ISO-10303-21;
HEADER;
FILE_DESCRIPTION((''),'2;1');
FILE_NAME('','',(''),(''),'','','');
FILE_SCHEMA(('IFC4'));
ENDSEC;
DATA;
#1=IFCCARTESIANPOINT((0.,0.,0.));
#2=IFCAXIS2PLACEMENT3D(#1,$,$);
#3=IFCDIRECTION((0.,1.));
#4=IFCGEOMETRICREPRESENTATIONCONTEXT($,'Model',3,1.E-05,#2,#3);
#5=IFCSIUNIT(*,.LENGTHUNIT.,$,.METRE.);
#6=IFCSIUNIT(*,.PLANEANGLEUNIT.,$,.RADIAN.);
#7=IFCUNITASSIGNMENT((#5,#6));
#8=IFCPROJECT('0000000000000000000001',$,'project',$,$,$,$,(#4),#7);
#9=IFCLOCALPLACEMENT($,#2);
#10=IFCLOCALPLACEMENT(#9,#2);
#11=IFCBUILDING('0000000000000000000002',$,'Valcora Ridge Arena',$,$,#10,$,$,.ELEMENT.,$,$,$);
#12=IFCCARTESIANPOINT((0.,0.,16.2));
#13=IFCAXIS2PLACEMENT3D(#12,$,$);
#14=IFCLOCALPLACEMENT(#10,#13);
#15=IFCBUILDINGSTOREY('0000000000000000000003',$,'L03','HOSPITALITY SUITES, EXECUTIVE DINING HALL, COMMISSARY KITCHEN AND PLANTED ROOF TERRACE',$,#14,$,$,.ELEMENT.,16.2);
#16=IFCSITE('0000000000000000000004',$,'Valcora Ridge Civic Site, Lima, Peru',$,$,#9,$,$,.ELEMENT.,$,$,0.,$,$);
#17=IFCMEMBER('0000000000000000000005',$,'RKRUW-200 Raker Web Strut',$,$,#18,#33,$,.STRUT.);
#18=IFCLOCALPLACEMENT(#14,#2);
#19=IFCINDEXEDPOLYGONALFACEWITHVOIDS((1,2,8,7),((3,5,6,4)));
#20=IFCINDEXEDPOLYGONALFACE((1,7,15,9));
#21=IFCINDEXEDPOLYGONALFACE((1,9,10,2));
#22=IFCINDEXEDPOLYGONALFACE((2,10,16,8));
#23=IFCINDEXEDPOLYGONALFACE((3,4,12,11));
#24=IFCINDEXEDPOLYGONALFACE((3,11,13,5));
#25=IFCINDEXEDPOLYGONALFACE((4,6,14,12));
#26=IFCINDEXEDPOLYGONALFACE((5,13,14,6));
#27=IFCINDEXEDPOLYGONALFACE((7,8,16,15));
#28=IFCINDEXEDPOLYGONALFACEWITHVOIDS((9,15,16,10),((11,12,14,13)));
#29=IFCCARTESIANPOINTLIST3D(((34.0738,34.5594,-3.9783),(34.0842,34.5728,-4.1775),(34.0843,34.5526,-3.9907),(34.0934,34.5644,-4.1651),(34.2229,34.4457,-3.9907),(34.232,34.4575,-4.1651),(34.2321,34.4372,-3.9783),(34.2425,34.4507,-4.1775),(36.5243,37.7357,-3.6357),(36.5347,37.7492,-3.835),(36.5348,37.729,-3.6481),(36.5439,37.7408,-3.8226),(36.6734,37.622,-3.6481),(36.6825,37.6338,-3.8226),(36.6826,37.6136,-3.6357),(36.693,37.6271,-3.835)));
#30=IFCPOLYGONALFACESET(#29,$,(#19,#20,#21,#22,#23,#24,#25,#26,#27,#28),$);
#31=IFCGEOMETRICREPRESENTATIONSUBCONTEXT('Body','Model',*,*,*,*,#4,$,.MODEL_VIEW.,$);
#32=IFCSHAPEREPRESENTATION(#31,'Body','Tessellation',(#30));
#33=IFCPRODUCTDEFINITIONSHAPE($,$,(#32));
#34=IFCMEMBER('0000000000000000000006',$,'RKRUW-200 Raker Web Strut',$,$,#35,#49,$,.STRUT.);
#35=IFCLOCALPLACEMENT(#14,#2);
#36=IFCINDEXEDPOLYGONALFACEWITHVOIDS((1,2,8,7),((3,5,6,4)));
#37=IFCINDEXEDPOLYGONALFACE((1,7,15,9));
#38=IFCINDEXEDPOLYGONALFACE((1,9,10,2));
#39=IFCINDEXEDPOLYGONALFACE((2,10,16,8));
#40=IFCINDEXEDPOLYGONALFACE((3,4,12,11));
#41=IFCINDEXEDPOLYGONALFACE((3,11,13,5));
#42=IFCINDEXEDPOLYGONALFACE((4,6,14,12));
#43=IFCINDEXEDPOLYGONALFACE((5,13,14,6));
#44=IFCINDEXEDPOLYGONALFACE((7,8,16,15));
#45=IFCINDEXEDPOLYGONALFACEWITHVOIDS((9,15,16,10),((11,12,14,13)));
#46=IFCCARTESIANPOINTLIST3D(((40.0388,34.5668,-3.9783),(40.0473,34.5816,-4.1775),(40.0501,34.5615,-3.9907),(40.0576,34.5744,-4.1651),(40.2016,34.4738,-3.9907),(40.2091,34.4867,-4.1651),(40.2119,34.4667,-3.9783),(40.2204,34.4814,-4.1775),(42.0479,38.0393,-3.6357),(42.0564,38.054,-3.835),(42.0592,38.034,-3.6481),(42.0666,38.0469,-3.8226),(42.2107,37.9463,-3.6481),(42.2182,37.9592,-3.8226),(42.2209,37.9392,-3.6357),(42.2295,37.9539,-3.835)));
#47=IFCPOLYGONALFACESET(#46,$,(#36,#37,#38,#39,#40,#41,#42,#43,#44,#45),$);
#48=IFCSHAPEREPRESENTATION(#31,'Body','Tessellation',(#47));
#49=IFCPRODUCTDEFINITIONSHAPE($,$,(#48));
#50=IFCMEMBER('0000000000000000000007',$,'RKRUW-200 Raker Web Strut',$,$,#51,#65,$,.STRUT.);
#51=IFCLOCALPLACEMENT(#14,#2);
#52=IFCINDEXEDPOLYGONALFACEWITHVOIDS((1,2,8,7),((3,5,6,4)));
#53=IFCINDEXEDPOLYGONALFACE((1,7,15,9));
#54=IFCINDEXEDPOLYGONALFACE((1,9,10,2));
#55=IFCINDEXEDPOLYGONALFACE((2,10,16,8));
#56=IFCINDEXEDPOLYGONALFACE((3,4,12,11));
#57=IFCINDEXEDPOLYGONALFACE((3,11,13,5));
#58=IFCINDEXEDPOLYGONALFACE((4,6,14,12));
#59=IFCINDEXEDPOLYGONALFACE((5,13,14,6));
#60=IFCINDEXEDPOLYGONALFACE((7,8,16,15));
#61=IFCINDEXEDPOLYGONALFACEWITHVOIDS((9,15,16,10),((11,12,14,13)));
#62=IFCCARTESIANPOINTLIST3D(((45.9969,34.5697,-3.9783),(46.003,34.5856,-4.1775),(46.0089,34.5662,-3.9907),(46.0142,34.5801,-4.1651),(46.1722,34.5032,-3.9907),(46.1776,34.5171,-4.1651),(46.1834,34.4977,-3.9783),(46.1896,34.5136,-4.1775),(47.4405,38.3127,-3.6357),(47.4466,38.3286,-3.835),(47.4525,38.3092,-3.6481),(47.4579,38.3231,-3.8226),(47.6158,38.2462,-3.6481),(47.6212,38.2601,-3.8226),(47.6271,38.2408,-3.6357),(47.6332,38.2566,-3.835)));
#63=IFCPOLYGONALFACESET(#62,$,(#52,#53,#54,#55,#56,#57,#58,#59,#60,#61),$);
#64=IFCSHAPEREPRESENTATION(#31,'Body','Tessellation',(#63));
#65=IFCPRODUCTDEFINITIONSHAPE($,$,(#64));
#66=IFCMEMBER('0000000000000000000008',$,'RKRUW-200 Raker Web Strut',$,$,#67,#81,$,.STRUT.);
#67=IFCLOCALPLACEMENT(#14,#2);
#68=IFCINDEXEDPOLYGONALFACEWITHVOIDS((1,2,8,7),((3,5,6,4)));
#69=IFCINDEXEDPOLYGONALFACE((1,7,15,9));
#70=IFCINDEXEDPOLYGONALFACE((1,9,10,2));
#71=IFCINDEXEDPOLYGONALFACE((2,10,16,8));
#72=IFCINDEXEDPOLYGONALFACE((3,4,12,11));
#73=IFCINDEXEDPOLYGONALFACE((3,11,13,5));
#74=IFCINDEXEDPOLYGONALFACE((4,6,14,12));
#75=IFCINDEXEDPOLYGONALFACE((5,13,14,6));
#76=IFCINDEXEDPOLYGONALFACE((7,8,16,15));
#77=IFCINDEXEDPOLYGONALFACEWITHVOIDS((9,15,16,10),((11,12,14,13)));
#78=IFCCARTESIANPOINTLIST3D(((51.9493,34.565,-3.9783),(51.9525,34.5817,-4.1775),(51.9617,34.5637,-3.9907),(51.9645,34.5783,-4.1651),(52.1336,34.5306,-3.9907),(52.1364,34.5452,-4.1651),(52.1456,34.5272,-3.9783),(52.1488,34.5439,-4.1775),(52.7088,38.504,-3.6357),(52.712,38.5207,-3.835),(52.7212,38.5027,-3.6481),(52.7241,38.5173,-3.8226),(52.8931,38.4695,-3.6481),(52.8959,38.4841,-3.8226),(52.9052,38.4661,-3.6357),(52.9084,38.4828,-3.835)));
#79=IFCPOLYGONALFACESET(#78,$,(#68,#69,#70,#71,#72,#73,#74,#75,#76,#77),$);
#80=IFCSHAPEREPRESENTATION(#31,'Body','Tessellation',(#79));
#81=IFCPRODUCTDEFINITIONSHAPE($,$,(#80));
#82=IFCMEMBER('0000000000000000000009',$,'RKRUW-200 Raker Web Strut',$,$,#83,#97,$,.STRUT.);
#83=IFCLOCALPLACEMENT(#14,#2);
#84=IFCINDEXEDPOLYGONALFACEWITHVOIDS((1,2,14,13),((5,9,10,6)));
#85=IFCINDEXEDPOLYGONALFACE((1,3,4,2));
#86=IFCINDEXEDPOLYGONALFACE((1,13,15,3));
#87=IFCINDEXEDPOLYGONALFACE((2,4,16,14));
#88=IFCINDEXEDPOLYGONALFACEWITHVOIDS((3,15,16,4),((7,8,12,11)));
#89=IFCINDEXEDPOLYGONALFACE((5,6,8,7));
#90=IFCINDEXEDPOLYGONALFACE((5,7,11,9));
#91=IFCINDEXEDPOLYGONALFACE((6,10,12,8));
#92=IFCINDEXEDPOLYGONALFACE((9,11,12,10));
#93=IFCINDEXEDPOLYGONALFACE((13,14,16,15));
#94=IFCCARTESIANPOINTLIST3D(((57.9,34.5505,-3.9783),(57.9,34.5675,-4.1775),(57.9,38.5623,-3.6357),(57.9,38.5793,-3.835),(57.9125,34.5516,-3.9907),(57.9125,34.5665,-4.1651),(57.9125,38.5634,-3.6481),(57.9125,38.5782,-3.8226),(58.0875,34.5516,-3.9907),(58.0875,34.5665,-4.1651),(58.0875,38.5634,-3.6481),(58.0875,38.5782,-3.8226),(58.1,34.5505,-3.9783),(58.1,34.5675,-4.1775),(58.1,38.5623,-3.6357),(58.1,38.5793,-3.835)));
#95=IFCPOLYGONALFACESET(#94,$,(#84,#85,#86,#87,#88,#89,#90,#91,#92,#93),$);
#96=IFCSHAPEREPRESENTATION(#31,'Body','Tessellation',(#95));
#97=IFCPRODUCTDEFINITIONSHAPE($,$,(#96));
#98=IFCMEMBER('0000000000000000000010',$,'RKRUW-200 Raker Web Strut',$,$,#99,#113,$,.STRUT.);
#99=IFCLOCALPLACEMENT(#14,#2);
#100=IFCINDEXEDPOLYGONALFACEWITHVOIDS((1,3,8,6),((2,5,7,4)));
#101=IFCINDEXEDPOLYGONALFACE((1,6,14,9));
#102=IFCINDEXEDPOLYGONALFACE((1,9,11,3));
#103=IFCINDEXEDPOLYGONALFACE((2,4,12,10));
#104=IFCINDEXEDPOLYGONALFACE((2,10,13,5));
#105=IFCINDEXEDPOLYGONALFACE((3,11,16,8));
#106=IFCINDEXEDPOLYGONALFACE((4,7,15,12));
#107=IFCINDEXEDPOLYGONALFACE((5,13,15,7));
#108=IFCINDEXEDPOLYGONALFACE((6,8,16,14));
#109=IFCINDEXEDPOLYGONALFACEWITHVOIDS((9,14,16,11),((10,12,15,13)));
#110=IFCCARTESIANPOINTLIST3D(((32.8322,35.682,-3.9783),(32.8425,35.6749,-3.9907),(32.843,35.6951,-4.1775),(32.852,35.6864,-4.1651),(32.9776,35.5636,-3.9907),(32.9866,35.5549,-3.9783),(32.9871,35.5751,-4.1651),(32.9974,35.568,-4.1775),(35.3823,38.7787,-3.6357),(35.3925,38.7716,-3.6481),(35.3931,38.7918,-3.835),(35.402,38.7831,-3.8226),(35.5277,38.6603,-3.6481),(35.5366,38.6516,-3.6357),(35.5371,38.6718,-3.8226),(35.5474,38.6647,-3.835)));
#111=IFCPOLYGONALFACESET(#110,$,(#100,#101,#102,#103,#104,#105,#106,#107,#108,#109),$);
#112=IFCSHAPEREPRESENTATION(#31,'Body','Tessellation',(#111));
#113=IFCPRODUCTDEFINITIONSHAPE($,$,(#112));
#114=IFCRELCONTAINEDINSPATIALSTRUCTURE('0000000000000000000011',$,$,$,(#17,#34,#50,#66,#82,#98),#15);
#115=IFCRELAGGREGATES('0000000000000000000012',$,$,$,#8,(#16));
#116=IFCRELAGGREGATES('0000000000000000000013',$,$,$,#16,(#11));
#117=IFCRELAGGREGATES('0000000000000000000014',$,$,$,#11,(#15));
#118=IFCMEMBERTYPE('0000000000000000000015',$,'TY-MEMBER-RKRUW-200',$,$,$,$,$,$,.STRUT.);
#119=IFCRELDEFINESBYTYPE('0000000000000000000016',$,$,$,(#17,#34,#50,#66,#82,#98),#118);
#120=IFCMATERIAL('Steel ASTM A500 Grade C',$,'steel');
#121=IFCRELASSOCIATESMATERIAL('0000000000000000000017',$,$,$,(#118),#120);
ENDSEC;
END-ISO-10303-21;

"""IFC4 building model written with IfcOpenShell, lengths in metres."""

from ifc_helpers import new_model, si_unit, direction, frame, origin, origin_2d, place, context, subcontext, project, spatial, hollow_rectangle, extrude, material, material_profile, profile_set, type_object, element, save


model = new_model("IFC4")

# Units and contexts
model_context = context("Model", 3, precision=1e-05, world=origin(), true_north=direction((0.0, 1.0)))
body_context = subcontext(model_context, "Body", "Model", "MODEL_VIEW")
ifc_project = project(units=[si_unit("LENGTHUNIT", "METRE"), si_unit("PLANEANGLEUNIT", "RADIAN")], contexts=[model_context])

# Site, building, storey
site_placement = place(None, origin())
site = spatial("IfcSite", under=ifc_project, at=site_placement, Name="Valcora Ridge Civic Site, Lima, Peru", CompositionType="ELEMENT", RefElevation=0.0)
building_placement = place(site_placement, origin())
building = spatial("IfcBuilding", under=site, at=building_placement, Name="Valcora Ridge Arena", CompositionType="ELEMENT")
storey_placement = place(building_placement, frame((0.0, 0.0, 16.2)))
storey = spatial("IfcBuildingStorey", under=building, at=storey_placement, Name="L03", Description="HOSPITALITY SUITES, EXECUTIVE DINING HALL, COMMISSARY KITCHEN AND PLANTED ROOF TERRACE", CompositionType="ELEMENT", Elevation=16.2)

# Members
ifc_material_1 = material(Name="Steel ASTM A500 Grade C", Category="steel")
ifc_material_profile_1 = material_profile(ifc_material_1, hollow_rectangle(XDim=0.2, YDim=0.2, WallThickness=0.0125, at=origin_2d()), Name="HSS200X200X12")
ifc_profile_set_1 = profile_set([ifc_material_profile_1], Name="Steel ASTM A500 Grade C")
member_type_1 = type_object("IfcMemberType", Name="TY-MEMBER-RKRUW-200", PredefinedType="STRUT", material=ifc_profile_set_1)
for number, where, z_axis, x_axis, name in (
    (1, (36.6086, 37.6814, -3.7354), (-0.608616, -0.788891, -0.085074), (0.791761, -0.610831, 0.0), "RKRUW-200 Raker Web Strut"),
    (2, (42.1387, 37.9966, -3.7354), (-0.498976, -0.86243, -0.085073), (0.865568, -0.500792, 0.0), "RKRUW-200 Raker Web Strut"),
    (3, (47.5369, 38.2847, -3.7354), (-0.358547, -0.929627, -0.085074), (0.93301, -0.359852, 0.0), "RKRUW-200 Raker Web Strut"),
):
    element("IfcMember", number, at=place(storey_placement, frame(where, z_axis=z_axis, x_axis=x_axis)), inside=storey, type_object=member_type_1, Name=name, PredefinedType="STRUT", context=body_context, shape_type="SweptSolid", body=[
        extrude(hollow_rectangle(XDim=0.2, YDim=0.2, WallThickness=0.0125, at=origin_2d()), origin(), (0.0, 0.0, 1.0), 4.0264),
    ])
member_1_placement = place(storey_placement, frame((52.8086, 38.4934, -3.7354), z_axis=(-0.188648, -0.978353, -0.085077), x_axis=(0.981913, -0.189335, 0.0)))
element("IfcMember", 4, at=member_1_placement, inside=storey, type_object=member_type_1, Name="RKRUW-200 Raker Web Strut", PredefinedType="STRUT", context=body_context, shape_type="SweptSolid", body=[
    extrude(hollow_rectangle(XDim=0.2, YDim=0.2, WallThickness=0.0125, at=origin_2d()), origin(), (0.0, 0.0, 1.0), 4.0261),
])
member_2_placement = place(storey_placement, frame((58.0, 38.5708, -3.7354), z_axis=(0.0, -0.996375, -0.085073), x_axis=(1.0, 0.0, 0.0)))
element("IfcMember", 5, at=member_2_placement, inside=storey, type_object=member_type_1, Name="RKRUW-200 Raker Web Strut", PredefinedType="STRUT", context=body_context, shape_type="SweptSolid", body=[
    extrude(hollow_rectangle(XDim=0.2, YDim=0.2, WallThickness=0.0125, at=origin_2d()), origin(), (0.0, 0.0, 1.0), 4.0264),
])
member_3_placement = place(storey_placement, frame((35.4648, 38.7217, -3.7354), z_axis=(-0.633379, -0.769151, -0.085077), x_axis=(0.77195, -0.635684, 0.0)))
element("IfcMember", 6, at=member_3_placement, inside=storey, type_object=member_type_1, Name="RKRUW-200 Raker Web Strut", PredefinedType="STRUT", context=body_context, shape_type="SweptSolid", body=[
    extrude(hollow_rectangle(XDim=0.2, YDim=0.2, WallThickness=0.0125, at=origin_2d()), origin(), (0.0, 0.0, 1.0), 4.0261),
])

save(model, "model.ifc")
